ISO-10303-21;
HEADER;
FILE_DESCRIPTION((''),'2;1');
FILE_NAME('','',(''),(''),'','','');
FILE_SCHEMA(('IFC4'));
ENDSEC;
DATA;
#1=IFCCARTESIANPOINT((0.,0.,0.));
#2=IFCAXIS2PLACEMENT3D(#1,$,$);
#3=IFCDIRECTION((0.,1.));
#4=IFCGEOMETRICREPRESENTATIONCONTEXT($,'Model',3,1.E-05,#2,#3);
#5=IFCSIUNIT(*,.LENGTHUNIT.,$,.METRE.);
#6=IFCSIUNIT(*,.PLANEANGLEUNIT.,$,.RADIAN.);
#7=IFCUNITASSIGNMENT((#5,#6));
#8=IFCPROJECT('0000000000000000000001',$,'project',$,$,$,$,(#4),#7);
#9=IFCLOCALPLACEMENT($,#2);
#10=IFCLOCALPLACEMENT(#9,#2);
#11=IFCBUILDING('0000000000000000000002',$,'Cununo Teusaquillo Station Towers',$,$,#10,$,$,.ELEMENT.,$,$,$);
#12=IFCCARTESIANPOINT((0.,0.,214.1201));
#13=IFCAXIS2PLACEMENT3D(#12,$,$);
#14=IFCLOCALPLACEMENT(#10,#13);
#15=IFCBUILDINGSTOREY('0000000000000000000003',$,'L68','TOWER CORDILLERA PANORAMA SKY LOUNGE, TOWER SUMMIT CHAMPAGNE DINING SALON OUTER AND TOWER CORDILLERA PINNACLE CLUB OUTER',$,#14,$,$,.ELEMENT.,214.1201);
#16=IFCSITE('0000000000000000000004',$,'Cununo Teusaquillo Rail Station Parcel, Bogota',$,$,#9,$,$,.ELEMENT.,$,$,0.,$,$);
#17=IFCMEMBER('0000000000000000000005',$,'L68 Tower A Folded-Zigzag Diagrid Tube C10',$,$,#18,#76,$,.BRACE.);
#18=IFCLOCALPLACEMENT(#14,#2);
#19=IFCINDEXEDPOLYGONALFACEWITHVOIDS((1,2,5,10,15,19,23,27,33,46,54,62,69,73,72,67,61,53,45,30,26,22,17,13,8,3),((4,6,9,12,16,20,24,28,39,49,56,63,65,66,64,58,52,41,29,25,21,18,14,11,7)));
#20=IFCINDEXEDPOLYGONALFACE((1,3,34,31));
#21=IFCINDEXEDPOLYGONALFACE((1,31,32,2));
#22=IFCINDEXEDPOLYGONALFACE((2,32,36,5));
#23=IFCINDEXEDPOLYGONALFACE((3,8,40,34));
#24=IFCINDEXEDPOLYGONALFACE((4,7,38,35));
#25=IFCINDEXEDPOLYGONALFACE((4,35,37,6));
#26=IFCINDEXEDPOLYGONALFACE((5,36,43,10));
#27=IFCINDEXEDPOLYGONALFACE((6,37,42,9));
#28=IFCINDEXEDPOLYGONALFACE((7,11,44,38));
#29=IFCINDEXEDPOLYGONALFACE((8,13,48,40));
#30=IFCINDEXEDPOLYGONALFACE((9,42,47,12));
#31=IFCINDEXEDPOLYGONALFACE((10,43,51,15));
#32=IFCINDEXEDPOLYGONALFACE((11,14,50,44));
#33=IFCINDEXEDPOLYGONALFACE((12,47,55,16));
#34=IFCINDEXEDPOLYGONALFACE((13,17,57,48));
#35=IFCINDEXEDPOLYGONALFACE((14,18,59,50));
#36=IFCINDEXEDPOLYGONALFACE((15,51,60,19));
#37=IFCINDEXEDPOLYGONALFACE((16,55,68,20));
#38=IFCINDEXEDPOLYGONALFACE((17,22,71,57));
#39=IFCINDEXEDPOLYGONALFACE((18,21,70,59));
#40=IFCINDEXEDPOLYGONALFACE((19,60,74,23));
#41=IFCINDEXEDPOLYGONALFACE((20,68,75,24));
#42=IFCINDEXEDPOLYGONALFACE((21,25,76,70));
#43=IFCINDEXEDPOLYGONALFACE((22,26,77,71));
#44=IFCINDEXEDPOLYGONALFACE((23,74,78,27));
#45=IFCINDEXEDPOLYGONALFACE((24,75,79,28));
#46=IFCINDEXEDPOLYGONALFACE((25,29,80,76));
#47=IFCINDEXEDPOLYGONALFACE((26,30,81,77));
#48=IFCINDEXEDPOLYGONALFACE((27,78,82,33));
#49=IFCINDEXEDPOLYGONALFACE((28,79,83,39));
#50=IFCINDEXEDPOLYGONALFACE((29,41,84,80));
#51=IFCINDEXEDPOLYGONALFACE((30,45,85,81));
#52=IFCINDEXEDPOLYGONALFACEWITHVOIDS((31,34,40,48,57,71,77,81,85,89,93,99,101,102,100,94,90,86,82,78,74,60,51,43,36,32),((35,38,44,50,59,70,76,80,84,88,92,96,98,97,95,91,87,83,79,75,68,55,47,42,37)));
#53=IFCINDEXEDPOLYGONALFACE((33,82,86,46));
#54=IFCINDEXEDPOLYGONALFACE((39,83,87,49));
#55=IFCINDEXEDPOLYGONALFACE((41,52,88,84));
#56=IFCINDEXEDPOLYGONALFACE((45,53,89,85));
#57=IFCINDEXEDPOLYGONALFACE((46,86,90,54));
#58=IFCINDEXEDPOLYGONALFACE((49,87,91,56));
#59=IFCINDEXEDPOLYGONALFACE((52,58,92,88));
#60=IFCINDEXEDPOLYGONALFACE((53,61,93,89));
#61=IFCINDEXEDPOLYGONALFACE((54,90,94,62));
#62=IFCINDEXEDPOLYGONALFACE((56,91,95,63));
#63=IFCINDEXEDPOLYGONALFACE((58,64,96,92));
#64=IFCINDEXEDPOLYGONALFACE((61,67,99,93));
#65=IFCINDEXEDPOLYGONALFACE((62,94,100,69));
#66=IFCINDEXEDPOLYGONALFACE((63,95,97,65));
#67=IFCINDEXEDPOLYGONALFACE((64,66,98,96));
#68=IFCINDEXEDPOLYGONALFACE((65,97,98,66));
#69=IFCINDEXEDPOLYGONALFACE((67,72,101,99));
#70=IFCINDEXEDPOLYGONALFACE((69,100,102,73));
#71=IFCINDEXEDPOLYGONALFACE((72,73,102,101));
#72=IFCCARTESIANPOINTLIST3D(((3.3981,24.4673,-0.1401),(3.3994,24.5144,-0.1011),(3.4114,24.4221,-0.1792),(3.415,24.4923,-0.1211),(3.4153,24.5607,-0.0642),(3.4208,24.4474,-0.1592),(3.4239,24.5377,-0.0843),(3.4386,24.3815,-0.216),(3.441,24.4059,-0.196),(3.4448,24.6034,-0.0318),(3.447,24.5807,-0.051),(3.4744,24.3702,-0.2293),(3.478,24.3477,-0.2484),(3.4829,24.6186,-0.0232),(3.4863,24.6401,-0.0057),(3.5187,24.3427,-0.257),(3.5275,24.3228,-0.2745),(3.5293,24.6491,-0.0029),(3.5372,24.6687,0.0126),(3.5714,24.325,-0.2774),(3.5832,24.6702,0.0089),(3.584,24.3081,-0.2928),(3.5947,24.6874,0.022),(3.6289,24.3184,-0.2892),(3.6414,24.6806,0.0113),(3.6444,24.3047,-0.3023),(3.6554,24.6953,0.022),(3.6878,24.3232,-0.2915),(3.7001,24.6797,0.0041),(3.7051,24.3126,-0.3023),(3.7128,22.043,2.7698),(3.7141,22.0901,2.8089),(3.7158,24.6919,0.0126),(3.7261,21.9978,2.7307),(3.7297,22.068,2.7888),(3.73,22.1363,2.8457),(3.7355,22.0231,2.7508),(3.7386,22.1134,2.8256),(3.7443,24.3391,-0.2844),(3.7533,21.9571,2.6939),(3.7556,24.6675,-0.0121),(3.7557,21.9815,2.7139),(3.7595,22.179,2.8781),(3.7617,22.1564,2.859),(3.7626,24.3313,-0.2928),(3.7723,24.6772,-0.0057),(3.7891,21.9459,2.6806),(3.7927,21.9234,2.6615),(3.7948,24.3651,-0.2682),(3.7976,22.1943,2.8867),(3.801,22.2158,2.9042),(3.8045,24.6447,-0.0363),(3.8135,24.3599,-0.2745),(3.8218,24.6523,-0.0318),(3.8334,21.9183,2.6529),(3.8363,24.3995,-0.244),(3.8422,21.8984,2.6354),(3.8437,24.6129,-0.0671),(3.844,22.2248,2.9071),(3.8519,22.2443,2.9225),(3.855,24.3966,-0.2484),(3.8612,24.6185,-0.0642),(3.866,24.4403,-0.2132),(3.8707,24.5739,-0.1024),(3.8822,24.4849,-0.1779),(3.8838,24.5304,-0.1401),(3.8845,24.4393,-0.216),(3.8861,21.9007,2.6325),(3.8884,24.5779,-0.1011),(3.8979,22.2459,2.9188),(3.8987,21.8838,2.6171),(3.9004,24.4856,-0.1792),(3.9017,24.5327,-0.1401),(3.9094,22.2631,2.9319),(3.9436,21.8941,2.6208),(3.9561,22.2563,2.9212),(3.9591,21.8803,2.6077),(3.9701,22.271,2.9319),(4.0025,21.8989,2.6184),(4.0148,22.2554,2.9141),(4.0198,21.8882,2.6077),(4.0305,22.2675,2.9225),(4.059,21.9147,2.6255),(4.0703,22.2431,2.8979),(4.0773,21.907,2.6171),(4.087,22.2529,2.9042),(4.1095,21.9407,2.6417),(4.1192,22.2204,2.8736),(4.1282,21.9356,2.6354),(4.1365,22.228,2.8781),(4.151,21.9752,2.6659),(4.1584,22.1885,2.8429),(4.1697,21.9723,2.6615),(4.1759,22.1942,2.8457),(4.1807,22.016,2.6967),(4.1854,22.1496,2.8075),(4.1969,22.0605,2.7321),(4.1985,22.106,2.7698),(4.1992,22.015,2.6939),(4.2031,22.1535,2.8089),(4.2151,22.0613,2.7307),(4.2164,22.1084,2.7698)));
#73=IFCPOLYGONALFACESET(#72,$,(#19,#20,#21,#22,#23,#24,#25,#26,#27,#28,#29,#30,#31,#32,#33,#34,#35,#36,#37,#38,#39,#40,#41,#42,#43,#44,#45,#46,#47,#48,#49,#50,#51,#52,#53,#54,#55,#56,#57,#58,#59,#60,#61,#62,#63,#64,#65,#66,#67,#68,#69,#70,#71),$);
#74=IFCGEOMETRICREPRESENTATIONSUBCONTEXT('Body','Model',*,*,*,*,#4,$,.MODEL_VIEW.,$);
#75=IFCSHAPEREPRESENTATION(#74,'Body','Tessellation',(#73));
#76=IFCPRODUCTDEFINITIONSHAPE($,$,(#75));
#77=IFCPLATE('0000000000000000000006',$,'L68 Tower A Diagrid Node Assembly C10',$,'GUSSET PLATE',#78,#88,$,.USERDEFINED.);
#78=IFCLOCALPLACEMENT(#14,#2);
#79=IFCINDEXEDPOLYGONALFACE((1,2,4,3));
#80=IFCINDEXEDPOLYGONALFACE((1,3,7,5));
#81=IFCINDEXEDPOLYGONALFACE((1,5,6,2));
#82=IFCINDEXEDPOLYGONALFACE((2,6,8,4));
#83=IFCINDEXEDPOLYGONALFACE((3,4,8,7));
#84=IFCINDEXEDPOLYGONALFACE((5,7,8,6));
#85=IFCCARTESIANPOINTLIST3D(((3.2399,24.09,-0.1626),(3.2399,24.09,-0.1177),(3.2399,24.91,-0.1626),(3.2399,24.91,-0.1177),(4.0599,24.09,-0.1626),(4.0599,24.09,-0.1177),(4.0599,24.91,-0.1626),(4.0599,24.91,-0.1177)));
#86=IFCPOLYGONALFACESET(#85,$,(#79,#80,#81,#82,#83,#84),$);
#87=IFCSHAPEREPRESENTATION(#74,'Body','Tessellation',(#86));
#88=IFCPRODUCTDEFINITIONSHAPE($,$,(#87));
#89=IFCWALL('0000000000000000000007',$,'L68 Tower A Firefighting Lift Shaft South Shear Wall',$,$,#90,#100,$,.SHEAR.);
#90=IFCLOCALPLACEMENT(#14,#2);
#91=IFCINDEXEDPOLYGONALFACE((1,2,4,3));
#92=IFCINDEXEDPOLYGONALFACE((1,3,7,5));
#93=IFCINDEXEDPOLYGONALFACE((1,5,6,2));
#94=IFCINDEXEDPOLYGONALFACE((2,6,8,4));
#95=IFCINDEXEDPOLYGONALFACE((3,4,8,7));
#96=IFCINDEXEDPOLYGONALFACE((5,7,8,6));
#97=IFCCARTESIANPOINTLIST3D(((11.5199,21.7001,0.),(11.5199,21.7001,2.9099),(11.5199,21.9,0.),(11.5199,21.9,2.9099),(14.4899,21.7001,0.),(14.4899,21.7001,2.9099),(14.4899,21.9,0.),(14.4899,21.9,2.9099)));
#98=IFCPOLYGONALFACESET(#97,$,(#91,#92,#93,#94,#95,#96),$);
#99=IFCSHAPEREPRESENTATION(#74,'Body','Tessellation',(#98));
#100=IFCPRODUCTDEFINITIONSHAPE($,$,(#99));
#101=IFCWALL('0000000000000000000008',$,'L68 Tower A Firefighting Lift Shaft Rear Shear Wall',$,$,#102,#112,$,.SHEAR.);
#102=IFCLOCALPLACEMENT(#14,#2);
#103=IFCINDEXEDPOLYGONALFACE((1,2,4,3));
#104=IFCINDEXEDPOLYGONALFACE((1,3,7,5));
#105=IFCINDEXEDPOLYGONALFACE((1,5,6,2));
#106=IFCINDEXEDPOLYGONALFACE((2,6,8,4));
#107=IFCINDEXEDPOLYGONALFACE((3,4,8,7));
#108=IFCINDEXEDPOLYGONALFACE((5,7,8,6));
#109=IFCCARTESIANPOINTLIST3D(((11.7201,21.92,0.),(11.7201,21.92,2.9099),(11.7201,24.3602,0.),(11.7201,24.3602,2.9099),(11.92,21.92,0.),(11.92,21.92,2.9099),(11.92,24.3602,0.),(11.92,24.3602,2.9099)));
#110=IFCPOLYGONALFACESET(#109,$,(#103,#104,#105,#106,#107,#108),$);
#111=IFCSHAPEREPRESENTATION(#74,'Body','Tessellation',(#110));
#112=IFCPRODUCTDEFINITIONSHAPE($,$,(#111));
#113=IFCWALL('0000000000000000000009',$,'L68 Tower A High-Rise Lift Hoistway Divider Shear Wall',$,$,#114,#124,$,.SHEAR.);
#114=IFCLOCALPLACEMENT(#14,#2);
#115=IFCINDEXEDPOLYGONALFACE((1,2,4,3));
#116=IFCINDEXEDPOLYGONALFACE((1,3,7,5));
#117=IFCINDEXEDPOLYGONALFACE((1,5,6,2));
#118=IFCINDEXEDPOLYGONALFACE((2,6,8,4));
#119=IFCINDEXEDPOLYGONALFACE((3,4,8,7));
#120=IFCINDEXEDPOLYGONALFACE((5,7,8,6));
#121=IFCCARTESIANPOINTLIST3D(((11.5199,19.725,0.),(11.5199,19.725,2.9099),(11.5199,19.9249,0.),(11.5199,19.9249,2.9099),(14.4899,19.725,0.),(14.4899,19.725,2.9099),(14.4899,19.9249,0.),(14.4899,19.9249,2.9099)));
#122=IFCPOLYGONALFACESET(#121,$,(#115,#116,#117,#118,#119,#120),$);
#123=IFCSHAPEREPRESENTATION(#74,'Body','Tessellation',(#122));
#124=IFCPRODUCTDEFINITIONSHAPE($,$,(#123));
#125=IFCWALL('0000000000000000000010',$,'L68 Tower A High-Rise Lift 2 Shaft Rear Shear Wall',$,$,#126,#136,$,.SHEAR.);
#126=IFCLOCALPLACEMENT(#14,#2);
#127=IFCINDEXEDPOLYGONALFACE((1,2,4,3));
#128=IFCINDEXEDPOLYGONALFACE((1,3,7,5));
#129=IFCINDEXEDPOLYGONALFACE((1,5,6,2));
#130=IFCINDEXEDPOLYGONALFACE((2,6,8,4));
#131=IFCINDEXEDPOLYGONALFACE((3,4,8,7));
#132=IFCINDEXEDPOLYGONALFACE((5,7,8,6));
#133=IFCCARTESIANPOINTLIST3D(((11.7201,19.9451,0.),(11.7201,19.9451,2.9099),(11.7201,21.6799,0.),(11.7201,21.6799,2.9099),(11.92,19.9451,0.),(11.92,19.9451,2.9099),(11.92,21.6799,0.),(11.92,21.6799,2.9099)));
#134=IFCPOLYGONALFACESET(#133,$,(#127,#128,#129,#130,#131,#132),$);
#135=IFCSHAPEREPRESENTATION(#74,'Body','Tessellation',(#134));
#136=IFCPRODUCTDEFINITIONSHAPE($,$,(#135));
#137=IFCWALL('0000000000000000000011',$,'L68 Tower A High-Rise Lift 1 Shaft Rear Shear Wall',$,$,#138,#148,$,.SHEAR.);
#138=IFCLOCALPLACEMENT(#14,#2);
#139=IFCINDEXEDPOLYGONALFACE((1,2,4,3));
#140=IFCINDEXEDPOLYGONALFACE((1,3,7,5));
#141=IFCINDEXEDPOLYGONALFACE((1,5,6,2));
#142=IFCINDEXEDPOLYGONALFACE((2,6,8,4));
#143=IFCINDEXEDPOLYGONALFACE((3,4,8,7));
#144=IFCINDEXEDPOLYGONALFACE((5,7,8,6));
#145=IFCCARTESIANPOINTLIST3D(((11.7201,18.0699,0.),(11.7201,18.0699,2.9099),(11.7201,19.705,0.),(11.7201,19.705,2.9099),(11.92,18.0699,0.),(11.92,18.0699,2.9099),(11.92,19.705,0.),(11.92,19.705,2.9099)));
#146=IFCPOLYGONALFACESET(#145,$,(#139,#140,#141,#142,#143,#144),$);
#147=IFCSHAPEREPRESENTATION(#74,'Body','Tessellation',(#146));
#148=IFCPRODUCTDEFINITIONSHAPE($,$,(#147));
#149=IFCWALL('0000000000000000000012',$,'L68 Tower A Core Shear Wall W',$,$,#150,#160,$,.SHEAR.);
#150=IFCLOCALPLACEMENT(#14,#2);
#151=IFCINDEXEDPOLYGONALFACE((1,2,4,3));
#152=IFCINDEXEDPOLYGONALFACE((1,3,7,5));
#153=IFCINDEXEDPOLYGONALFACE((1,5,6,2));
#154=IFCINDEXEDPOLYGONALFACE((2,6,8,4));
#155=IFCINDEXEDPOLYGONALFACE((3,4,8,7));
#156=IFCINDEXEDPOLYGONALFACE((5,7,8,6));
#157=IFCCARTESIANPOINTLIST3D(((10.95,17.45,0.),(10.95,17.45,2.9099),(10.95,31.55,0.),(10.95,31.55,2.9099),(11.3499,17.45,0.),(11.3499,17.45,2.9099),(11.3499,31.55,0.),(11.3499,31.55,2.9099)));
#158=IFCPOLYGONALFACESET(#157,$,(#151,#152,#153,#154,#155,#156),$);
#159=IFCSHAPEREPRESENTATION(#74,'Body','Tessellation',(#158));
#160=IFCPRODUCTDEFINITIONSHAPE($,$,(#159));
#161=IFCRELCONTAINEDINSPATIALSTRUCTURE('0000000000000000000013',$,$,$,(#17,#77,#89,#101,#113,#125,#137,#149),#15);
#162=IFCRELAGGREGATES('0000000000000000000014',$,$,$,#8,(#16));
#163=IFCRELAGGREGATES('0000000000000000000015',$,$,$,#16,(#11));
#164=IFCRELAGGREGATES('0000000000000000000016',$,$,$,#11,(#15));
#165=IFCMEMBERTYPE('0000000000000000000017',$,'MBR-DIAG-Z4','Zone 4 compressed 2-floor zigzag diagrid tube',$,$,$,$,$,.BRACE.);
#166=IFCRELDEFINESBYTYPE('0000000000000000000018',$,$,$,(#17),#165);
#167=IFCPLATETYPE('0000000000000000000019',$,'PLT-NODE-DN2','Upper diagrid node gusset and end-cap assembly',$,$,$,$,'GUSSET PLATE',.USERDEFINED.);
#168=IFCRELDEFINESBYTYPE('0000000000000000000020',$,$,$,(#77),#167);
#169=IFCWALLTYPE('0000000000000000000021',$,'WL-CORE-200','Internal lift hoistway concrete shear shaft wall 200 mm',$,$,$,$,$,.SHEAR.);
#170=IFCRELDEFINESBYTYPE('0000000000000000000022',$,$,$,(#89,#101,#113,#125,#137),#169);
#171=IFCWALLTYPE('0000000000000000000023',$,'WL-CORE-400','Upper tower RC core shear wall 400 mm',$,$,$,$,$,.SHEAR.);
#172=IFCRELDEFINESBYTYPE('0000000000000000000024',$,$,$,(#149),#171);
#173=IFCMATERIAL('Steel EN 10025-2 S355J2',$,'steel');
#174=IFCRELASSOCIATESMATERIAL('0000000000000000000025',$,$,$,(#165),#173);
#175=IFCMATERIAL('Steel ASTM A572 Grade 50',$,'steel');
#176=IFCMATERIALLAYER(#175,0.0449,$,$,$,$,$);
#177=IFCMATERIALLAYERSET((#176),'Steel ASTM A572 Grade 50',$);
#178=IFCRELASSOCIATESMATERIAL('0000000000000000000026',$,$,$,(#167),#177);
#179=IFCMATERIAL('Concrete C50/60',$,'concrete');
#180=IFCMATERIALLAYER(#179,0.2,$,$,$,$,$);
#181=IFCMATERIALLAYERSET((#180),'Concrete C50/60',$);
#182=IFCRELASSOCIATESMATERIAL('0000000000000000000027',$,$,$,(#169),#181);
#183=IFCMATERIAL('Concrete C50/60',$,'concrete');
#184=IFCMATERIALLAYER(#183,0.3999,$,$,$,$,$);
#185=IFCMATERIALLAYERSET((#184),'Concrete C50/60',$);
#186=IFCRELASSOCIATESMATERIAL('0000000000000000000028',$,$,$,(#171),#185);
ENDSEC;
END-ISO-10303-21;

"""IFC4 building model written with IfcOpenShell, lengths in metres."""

from ifc_helpers import new_model, si_unit, direction, frame, frame_2d, origin, origin_2d, place, context, subcontext, project, spatial, rectangle, hollow_circle, extrude, source, transform, mapped, material, layer, layer_set, material_profile, profile_set, type_object, element, save


model = new_model("IFC4")

# Units and contexts
model_context = context("Model", 3, precision=1e-05, world=origin(), true_north=direction((0.0, 1.0)))
body_context = subcontext(model_context, "Body", "Model", "MODEL_VIEW")
ifc_project = project(units=[si_unit("LENGTHUNIT", "METRE"), si_unit("PLANEANGLEUNIT", "RADIAN")], contexts=[model_context])

# Site, building, storey
site_placement = place(None, origin())
site = spatial("IfcSite", under=ifc_project, at=site_placement, Name="Cununo Teusaquillo Rail Station Parcel, Bogota", CompositionType="ELEMENT", RefElevation=0.0)
building_placement = place(site_placement, origin())
building = spatial("IfcBuilding", under=site, at=building_placement, Name="Cununo Teusaquillo Station Towers", CompositionType="ELEMENT")
storey_placement = place(building_placement, frame((0.0, 0.0, 214.1201)))
storey = spatial("IfcBuildingStorey", under=building, at=storey_placement, Name="L68", Description="TOWER CORDILLERA PANORAMA SKY LOUNGE, TOWER SUMMIT CHAMPAGNE DINING SALON OUTER AND TOWER CORDILLERA PINNACLE CLUB OUTER", CompositionType="ELEMENT", Elevation=214.1201)

# Member
ifc_material_1 = material(Name="Steel EN 10025-2 S355J2", Category="steel")
ifc_material_profile_1 = material_profile(ifc_material_1, hollow_circle(Radius=0.2539, WallThickness=0.0181, at=origin_2d()), Name="CHS 508x18")
ifc_profile_set_1 = profile_set([ifc_material_profile_1], Name="Steel EN 10025-2 S355J2")
member_type = type_object("IfcMemberType", Name="MBR-DIAG-Z4", Description="Zone 4 compressed 2-floor zigzag diagrid tube", PredefinedType="BRACE", material=ifc_profile_set_1)
member_placement = place(storey_placement, frame((3.6499, 24.5, -0.1401), z_axis=(0.082804, -0.637891, 0.765662), x_axis=(0.99168, 0.128729, 0.0)))
element("IfcMember", 1, at=member_placement, inside=storey, type_object=member_type, Name="L68 Tower A Folded-Zigzag Diagrid Tube C10", PredefinedType="BRACE", context=body_context, shape_type="SweptSolid", body=[
    extrude(hollow_circle(Radius=0.2539, WallThickness=0.0181, at=origin_2d()), origin(), (0.0, 0.0, 1.0), 3.8005),
])

# Plate
ifc_material_2 = material(Name="Steel ASTM A572 Grade 50", Category="steel")
ifc_layer_1 = layer(ifc_material_2, 0.0449)
ifc_layer_set_1 = layer_set([ifc_layer_1], Name="Steel ASTM A572 Grade 50")
plate_type = type_object("IfcPlateType", Name="PLT-NODE-DN2", Description="Upper diagrid node gusset and end-cap assembly", ElementType="GUSSET PLATE", PredefinedType="USERDEFINED", material=ifc_layer_set_1)
shared_shape_1 = source(origin(), body_context, "Body", "SweptSolid", [
    extrude(rectangle(XDim=0.8201, YDim=0.8201, at=origin_2d()), origin(), (0.0, 0.0, 1.0), 0.0449),
])
plate_placement = place(storey_placement, frame((3.6499, 24.5, -0.1626), z_axis=(0.0, 0.0, 1.0), x_axis=(1.0, 0.0, 0.0)))
element("IfcPlate", 2, at=plate_placement, inside=storey, type_object=plate_type, Name="L68 Tower A Diagrid Node Assembly C10", ObjectType="GUSSET PLATE", PredefinedType="USERDEFINED", context=body_context, shape_type="MappedRepresentation", body=[
    mapped(shared_shape_1, transform((0.0, 0.0, 0.0), x_axis=(1.0, 0.0, 0.0), y_axis=(0.0, 1.0, 0.0), z_axis=(0.0, 0.0, 1.0), scale=1.0)),
])

# Walls
ifc_material_3 = material(Name="Concrete C50/60", Category="concrete")
ifc_layer_2 = layer(ifc_material_3, 0.2)
ifc_layer_set_2 = layer_set([ifc_layer_2], Name="Concrete C50/60")
wall_type_1 = type_object("IfcWallType", Name="WL-CORE-200", Description="Internal lift hoistway concrete shear shaft wall 200 mm", PredefinedType="SHEAR", material=ifc_layer_set_2)
wall_1_placement = place(storey_placement, frame((11.52, 21.8, 0.0), z_axis=(0.0, 0.0, 1.0), x_axis=(1.0, 0.0, 0.0)))
element("IfcWall", 3, at=wall_1_placement, inside=storey, type_object=wall_type_1, Name="L68 Tower A Firefighting Lift Shaft South Shear Wall", PredefinedType="SHEAR", context=body_context, shape_type="SweptSolid", body=[
    extrude(rectangle(XDim=2.97, YDim=0.2, at=frame_2d((1.4849, 0.0))), origin(), (0.0, 0.0, 1.0), 2.9099),
])
wall_2_placement = place(storey_placement, frame((11.8201, 21.9199, 0.0), z_axis=(0.0, 0.0, 1.0), x_axis=(0.0, 1.0, 0.0)))
element("IfcWall", 4, at=wall_2_placement, inside=storey, type_object=wall_type_1, Name="L68 Tower A Firefighting Lift Shaft Rear Shear Wall", PredefinedType="SHEAR", context=body_context, shape_type="SweptSolid", body=[
    extrude(rectangle(XDim=2.4402, YDim=0.2, at=frame_2d((1.2202, 0.0))), origin(), (0.0, 0.0, 1.0), 2.9099),
])
wall_3_placement = place(storey_placement, frame((11.52, 19.825, 0.0), z_axis=(0.0, 0.0, 1.0), x_axis=(1.0, 0.0, 0.0)))
element("IfcWall", 5, at=wall_3_placement, inside=storey, type_object=wall_type_1, Name="L68 Tower A High-Rise Lift Hoistway Divider Shear Wall", PredefinedType="SHEAR", context=body_context, shape_type="SweptSolid", body=[
    extrude(rectangle(XDim=2.97, YDim=0.2, at=frame_2d((1.4849, 0.0))), origin(), (0.0, 0.0, 1.0), 2.9099),
])
wall_4_placement = place(storey_placement, frame((11.8201, 19.9451, 0.0), z_axis=(0.0, 0.0, 1.0), x_axis=(0.0, 1.0, 0.0)))
element("IfcWall", 6, at=wall_4_placement, inside=storey, type_object=wall_type_1, Name="L68 Tower A High-Rise Lift 2 Shaft Rear Shear Wall", PredefinedType="SHEAR", context=body_context, shape_type="SweptSolid", body=[
    extrude(rectangle(XDim=1.7349, YDim=0.2, at=frame_2d((0.8674, 0.0))), origin(), (0.0, 0.0, 1.0), 2.9099),
])
wall_5_placement = place(storey_placement, frame((11.8201, 18.0701, 0.0), z_axis=(0.0, 0.0, 1.0), x_axis=(0.0, 1.0, 0.0)))
element("IfcWall", 7, at=wall_5_placement, inside=storey, type_object=wall_type_1, Name="L68 Tower A High-Rise Lift 1 Shaft Rear Shear Wall", PredefinedType="SHEAR", context=body_context, shape_type="SweptSolid", body=[
    extrude(rectangle(XDim=1.635, YDim=0.2, at=frame_2d((0.8174, 0.0))), origin(), (0.0, 0.0, 1.0), 2.9099),
])
ifc_material_4 = material(Name="Concrete C50/60", Category="concrete")
ifc_layer_3 = layer(ifc_material_4, 0.3999)
ifc_layer_set_3 = layer_set([ifc_layer_3], Name="Concrete C50/60")
wall_type_2 = type_object("IfcWallType", Name="WL-CORE-400", Description="Upper tower RC core shear wall 400 mm", PredefinedType="SHEAR", material=ifc_layer_set_3)
wall_6_placement = place(storey_placement, frame((11.1499, 17.45, 0.0), z_axis=(0.0, 0.0, 1.0), x_axis=(0.0, 1.0, 0.0)))
element("IfcWall", 8, at=wall_6_placement, inside=storey, type_object=wall_type_2, Name="L68 Tower A Core Shear Wall W", PredefinedType="SHEAR", context=body_context, shape_type="SweptSolid", body=[
    extrude(rectangle(XDim=14.1001, YDim=0.3999, at=frame_2d((7.05, 0.0))), origin(), (0.0, 0.0, 1.0), 2.9099),
])

save(model, "model.ifc")
